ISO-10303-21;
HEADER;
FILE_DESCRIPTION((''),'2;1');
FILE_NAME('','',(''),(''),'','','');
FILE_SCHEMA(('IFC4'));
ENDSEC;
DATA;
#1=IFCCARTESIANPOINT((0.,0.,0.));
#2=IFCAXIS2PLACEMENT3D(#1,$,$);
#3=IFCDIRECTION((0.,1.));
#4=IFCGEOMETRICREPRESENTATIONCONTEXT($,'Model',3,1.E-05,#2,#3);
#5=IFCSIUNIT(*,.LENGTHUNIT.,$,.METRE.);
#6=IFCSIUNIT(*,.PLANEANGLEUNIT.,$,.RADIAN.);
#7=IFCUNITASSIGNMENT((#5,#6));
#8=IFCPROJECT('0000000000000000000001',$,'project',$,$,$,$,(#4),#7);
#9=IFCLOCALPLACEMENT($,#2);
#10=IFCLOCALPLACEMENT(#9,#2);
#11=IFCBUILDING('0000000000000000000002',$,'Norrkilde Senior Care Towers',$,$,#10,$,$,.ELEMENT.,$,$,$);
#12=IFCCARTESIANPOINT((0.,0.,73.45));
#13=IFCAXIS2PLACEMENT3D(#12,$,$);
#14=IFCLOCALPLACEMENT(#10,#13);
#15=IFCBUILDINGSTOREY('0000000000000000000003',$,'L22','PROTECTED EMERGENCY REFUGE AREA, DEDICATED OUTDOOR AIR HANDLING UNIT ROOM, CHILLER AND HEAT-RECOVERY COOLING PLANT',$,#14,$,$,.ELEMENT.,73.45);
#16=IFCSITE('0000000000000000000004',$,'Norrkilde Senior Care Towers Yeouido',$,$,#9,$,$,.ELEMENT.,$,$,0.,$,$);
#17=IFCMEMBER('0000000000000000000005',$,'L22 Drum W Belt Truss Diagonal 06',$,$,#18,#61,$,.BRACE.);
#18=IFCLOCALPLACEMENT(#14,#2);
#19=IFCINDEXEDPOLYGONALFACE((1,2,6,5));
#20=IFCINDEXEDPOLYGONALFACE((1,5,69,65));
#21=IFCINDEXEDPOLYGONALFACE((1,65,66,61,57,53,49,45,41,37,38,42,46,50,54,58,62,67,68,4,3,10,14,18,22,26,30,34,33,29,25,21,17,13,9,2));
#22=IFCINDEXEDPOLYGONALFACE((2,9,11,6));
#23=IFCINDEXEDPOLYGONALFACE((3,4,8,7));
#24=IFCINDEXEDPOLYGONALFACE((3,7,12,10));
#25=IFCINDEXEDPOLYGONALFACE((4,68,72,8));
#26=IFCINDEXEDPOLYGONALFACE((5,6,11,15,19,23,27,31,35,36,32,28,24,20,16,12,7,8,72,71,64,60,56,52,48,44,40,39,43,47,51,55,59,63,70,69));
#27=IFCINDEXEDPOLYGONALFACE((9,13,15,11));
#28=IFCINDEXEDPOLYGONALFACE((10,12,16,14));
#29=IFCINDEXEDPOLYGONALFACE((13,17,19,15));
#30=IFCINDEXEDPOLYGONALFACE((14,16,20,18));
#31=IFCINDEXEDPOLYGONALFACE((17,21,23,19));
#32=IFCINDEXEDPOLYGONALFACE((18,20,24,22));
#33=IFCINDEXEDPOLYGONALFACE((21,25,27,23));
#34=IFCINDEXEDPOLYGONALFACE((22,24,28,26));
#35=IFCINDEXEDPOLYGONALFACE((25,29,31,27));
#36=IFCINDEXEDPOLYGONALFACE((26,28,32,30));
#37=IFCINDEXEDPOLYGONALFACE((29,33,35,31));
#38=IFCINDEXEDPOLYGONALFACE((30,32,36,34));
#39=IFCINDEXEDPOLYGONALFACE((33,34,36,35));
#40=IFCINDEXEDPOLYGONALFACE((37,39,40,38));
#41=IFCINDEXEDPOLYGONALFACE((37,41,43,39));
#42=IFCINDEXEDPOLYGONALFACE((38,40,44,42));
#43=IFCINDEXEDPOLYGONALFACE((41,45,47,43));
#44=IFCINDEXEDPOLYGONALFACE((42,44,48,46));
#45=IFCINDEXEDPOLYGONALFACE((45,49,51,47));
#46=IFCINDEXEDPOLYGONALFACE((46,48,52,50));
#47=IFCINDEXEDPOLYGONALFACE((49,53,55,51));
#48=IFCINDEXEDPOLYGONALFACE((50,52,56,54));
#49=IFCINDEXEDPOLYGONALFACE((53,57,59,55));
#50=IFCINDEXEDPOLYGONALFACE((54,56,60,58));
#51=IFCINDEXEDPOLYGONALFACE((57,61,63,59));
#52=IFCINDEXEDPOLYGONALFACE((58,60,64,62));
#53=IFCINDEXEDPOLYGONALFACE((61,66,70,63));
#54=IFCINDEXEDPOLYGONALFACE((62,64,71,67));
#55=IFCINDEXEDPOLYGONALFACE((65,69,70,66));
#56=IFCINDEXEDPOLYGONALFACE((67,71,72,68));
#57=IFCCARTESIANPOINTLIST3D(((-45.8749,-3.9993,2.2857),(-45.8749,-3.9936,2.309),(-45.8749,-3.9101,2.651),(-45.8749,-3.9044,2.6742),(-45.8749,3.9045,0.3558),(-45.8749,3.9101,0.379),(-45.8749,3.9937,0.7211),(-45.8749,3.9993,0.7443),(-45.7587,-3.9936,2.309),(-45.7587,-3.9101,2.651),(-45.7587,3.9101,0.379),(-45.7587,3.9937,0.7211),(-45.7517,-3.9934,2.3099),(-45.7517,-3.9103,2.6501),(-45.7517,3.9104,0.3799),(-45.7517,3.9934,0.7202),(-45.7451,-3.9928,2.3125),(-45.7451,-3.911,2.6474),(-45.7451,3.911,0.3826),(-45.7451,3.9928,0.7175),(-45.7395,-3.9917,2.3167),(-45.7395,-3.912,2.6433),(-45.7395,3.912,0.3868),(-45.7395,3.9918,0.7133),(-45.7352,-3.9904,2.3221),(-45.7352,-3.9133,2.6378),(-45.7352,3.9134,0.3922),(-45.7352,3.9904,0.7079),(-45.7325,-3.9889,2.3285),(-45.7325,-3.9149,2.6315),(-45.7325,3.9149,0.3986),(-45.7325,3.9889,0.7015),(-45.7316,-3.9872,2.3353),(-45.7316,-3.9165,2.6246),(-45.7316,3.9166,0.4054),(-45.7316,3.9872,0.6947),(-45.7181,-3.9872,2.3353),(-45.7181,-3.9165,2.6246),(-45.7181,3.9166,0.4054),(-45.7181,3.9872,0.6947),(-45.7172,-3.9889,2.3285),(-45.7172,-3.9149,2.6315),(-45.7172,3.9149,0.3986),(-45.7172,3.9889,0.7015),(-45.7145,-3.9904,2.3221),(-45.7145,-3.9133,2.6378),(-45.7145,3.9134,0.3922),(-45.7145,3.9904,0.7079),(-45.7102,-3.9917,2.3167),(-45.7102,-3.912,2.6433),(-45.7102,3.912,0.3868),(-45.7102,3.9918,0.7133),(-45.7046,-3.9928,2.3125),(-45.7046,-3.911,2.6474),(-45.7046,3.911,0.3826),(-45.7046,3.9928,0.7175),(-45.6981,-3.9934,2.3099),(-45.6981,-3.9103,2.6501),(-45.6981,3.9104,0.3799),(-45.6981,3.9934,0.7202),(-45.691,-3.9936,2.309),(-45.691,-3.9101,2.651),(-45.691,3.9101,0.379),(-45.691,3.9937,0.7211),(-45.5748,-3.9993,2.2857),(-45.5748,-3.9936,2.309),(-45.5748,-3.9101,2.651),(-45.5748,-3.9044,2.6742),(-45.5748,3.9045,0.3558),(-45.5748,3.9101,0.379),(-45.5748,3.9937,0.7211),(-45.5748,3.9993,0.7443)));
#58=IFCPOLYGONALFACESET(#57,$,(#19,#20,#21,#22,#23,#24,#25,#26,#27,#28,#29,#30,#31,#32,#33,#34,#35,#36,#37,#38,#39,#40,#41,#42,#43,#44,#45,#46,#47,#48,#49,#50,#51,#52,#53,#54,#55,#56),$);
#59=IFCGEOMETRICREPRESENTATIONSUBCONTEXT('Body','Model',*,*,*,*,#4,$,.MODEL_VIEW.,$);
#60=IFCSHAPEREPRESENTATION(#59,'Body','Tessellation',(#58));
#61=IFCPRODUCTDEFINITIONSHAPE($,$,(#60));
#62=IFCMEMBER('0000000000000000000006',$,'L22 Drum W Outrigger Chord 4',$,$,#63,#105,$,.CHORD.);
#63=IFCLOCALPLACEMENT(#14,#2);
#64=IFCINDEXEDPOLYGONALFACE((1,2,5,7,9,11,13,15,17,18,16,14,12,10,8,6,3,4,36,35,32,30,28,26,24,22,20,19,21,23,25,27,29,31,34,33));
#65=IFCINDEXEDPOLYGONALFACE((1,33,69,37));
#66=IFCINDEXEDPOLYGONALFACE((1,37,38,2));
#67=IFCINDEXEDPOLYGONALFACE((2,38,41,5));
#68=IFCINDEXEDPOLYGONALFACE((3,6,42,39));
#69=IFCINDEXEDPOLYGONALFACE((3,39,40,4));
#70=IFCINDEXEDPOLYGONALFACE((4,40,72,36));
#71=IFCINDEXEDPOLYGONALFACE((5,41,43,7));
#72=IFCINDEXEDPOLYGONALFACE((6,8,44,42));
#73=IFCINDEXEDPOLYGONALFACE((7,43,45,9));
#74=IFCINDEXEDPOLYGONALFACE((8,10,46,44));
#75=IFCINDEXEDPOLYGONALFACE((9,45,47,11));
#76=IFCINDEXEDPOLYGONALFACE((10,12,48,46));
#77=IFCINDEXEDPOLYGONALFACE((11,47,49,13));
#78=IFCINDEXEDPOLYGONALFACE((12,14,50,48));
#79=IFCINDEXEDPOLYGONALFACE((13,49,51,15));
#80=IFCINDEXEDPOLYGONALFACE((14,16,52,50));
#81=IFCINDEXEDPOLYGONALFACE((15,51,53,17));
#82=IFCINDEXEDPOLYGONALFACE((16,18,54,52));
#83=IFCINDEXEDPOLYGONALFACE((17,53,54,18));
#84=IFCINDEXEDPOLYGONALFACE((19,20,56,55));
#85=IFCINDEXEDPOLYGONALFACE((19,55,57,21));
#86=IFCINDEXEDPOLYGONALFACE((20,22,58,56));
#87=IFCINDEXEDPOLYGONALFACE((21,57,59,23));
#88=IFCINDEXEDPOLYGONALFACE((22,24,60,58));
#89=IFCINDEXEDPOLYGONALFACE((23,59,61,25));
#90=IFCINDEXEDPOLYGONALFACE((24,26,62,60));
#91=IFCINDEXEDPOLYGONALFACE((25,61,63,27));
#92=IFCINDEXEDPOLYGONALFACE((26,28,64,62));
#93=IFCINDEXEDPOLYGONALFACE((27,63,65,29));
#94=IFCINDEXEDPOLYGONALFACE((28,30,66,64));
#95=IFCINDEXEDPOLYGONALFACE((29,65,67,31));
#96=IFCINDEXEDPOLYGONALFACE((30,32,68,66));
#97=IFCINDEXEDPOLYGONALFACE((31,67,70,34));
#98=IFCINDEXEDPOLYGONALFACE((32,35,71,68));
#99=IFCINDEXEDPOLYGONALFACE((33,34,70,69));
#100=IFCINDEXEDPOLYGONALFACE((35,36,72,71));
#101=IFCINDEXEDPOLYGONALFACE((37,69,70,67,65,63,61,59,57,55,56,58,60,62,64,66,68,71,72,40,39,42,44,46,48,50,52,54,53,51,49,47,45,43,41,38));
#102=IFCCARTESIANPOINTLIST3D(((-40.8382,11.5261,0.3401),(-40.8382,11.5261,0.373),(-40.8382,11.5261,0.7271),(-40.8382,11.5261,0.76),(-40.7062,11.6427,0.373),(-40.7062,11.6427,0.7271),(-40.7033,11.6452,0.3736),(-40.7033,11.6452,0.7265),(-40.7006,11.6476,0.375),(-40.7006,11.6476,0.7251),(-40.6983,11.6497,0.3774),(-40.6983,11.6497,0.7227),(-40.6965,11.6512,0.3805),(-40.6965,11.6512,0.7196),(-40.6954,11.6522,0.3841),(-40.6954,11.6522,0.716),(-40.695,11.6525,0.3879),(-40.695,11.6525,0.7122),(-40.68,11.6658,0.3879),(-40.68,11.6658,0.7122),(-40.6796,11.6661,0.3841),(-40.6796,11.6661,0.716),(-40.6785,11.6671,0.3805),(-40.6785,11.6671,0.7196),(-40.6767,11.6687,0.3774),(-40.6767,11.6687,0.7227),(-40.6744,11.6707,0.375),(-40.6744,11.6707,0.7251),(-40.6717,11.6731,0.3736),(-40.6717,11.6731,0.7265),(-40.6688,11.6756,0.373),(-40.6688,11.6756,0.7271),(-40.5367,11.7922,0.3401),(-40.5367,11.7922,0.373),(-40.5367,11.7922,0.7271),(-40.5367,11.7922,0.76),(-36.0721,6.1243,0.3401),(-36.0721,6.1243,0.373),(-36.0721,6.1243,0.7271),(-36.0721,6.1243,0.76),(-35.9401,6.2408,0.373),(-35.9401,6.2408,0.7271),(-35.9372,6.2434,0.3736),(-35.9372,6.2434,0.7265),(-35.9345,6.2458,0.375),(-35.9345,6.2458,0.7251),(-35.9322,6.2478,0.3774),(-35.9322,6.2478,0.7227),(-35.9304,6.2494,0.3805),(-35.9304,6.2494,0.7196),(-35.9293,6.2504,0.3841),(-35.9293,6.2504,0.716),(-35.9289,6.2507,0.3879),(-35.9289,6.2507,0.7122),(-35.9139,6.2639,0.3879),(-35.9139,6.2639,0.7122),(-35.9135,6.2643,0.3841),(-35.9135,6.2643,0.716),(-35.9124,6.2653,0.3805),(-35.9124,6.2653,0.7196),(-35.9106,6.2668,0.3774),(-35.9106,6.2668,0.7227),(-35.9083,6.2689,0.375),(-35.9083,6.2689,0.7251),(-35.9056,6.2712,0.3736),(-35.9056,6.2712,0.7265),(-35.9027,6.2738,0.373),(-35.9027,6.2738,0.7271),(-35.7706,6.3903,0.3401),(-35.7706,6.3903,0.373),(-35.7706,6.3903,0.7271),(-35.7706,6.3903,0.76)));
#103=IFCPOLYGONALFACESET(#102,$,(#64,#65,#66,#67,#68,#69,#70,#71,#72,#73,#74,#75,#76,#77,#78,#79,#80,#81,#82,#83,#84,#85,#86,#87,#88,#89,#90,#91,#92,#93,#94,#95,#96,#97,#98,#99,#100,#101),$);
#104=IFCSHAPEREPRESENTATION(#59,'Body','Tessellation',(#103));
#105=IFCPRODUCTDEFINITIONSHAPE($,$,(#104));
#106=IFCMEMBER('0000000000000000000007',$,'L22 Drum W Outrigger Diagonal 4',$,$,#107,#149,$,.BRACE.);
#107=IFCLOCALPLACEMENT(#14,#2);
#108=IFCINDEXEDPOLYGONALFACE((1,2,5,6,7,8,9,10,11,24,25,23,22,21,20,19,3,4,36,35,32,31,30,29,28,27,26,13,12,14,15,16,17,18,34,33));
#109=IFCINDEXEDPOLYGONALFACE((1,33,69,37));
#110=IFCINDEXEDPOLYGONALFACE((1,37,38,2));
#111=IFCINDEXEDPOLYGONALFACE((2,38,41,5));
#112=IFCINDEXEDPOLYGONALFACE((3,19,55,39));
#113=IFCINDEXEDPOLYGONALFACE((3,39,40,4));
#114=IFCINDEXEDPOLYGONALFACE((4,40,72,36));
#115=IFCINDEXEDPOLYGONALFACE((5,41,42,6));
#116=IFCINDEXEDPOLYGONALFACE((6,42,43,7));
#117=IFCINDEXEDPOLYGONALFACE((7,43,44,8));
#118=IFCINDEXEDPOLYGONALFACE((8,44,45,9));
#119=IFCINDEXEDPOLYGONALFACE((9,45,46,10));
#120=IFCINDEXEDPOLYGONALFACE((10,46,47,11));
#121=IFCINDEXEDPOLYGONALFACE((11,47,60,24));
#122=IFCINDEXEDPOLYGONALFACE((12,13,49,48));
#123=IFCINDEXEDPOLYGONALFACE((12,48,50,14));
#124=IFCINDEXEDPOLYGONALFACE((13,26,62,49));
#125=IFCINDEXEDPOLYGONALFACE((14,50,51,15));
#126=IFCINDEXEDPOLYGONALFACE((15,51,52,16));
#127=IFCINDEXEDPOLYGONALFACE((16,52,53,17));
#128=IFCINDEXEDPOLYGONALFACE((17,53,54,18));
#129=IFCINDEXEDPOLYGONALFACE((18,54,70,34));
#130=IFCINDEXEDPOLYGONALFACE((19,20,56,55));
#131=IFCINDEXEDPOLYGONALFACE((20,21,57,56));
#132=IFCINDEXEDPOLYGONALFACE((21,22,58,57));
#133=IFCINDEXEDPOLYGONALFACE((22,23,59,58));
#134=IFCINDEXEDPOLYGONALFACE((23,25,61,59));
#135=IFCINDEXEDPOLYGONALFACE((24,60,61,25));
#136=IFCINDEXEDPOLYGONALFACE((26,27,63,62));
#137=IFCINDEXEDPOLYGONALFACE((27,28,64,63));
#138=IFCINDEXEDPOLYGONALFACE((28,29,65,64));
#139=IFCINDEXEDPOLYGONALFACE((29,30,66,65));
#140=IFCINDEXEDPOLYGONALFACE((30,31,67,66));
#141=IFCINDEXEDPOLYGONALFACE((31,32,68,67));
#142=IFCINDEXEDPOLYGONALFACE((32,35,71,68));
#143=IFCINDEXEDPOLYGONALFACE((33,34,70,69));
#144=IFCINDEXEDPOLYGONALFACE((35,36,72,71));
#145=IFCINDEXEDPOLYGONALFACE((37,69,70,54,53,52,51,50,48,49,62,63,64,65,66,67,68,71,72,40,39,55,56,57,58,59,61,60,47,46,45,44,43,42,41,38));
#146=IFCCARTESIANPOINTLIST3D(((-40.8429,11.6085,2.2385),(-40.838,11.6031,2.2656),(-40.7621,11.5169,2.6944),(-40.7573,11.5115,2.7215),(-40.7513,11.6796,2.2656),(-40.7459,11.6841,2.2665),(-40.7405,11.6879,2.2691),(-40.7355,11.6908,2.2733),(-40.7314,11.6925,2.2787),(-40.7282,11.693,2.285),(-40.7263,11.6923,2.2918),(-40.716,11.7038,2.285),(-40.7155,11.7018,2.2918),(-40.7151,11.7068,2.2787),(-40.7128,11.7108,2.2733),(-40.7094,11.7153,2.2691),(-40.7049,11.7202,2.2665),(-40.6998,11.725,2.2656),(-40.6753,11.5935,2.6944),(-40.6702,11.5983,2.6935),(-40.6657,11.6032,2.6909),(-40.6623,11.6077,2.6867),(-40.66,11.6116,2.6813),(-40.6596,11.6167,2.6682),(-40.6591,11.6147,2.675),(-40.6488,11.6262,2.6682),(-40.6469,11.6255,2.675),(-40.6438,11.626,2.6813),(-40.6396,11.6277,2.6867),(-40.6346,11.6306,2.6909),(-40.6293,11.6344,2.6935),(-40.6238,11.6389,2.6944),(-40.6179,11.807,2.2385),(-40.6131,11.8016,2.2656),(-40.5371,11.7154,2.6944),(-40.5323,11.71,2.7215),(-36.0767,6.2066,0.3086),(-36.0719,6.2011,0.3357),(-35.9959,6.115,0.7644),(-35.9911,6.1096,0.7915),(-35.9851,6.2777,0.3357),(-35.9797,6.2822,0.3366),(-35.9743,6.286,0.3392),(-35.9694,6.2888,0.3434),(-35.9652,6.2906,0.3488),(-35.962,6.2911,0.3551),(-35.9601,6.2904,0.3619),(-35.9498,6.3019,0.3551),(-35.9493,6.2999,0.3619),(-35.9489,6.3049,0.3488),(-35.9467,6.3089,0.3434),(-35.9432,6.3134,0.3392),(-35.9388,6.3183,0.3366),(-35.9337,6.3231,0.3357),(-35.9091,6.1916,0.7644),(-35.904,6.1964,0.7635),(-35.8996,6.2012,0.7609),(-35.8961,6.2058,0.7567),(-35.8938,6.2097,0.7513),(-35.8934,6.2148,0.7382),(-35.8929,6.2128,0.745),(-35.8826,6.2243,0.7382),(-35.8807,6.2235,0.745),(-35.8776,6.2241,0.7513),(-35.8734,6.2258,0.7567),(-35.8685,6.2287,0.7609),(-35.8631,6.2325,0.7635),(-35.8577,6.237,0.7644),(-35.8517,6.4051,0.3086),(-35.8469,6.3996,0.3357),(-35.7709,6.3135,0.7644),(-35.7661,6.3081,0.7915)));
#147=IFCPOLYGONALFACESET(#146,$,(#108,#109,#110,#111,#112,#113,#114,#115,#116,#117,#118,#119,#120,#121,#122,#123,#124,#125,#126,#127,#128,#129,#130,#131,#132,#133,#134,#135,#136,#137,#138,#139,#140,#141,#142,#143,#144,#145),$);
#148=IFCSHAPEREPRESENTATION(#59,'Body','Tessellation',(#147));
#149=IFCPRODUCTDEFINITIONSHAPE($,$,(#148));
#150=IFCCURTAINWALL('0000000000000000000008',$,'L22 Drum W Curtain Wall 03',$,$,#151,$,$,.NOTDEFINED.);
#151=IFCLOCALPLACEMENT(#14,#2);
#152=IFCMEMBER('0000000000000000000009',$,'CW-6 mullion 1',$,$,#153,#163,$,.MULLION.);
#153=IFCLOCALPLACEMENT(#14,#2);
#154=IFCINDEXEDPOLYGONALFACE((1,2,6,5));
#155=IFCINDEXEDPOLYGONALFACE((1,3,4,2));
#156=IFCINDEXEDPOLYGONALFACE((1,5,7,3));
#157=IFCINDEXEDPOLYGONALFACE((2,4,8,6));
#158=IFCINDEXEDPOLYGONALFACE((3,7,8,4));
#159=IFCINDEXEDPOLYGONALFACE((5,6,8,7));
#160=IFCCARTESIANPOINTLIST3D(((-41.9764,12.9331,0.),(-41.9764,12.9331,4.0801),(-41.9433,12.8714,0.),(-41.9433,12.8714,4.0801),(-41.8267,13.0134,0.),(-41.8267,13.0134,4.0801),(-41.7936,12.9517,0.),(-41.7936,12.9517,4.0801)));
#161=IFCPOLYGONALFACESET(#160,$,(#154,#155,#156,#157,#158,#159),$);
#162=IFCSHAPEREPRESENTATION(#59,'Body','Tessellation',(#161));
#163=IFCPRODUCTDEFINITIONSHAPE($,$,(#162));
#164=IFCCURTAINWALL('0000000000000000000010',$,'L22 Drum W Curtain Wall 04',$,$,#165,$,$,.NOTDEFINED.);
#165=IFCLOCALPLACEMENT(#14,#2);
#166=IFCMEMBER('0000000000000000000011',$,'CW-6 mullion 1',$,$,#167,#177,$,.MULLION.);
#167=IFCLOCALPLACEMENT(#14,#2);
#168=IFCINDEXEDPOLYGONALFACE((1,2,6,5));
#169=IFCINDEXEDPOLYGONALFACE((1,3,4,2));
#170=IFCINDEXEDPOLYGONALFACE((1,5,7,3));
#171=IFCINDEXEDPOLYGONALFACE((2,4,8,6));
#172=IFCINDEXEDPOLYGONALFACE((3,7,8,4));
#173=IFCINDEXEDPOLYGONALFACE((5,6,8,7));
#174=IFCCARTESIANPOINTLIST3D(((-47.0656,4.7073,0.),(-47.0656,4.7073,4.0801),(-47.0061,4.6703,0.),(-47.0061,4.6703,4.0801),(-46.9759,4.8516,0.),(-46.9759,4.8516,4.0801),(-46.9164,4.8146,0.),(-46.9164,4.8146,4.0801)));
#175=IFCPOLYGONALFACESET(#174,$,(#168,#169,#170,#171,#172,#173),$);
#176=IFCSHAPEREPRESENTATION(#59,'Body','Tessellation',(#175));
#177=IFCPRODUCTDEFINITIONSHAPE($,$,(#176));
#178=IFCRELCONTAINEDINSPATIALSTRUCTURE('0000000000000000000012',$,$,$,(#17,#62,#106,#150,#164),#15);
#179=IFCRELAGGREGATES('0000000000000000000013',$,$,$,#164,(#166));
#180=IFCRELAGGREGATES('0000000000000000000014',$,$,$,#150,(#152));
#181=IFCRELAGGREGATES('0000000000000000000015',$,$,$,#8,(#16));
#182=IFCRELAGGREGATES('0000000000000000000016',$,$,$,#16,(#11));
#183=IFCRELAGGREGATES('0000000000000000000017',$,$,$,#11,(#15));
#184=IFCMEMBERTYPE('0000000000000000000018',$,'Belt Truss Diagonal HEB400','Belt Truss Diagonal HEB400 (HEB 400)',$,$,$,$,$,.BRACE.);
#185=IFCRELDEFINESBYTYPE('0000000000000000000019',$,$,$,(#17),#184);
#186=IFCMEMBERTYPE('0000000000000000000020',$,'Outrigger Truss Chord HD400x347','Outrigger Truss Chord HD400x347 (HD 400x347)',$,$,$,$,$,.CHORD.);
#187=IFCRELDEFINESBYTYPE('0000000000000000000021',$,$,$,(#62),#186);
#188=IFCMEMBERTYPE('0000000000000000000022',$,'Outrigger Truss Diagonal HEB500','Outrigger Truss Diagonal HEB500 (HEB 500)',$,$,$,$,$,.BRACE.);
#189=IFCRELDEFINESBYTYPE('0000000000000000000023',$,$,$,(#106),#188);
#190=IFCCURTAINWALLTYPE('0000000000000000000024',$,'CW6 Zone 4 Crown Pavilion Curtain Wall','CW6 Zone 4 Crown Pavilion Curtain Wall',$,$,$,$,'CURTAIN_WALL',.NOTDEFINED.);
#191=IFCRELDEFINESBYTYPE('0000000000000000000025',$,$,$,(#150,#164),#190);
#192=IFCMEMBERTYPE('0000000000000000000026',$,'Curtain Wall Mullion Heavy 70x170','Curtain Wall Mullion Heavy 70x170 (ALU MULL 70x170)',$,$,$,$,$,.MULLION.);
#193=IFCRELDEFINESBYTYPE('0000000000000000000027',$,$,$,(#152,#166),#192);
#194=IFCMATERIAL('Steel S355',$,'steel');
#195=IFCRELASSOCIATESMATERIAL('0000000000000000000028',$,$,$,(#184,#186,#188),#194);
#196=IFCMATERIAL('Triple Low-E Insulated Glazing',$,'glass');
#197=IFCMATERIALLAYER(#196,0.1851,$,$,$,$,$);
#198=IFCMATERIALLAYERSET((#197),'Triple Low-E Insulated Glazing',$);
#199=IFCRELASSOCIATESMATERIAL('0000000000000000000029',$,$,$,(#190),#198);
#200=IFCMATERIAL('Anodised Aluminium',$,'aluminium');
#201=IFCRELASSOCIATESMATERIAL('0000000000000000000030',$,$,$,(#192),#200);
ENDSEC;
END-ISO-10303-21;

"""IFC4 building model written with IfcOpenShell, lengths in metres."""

from ifc_helpers import new_model, si_unit, direction, frame, origin, origin_2d, place, context, subcontext, project, spatial, rectangle, i_section, extrude, source, transform, mapped, material, layer, layer_set, material_profile, profile_set, type_object, type_shapes, element, aggregate, save


model = new_model("IFC4")

# Units and contexts
model_context = context("Model", 3, precision=1e-05, world=origin(), true_north=direction((0.0, 1.0)))
body_context = subcontext(model_context, "Body", "Model", "MODEL_VIEW")
ifc_project = project(units=[si_unit("LENGTHUNIT", "METRE"), si_unit("PLANEANGLEUNIT", "RADIAN")], contexts=[model_context])

# Site, building, storey
site_placement = place(None, origin())
site = spatial("IfcSite", under=ifc_project, at=site_placement, Name="Norrkilde Senior Care Towers Yeouido", CompositionType="ELEMENT", RefElevation=0.0)
building_placement = place(site_placement, origin())
building = spatial("IfcBuilding", under=site, at=building_placement, Name="Norrkilde Senior Care Towers", CompositionType="ELEMENT")
storey_placement = place(building_placement, frame((0.0, 0.0, 73.45)))
storey = spatial("IfcBuildingStorey", under=building, at=storey_placement, Name="L22", Description="PROTECTED EMERGENCY REFUGE AREA, DEDICATED OUTDOOR AIR HANDLING UNIT ROOM, CHILLER AND HEAT-RECOVERY COOLING PLANT", CompositionType="ELEMENT", Elevation=73.45)

# Members
ifc_material_1 = material(Name="Steel S355", Category="steel")
ifc_material_profile_1 = material_profile(ifc_material_1, i_section(OverallWidth=0.3, OverallDepth=0.3999, WebThickness=0.0134, FlangeThickness=0.0239, FilletRadius=0.0271, at=origin_2d()), Name="HEB 400")
ifc_profile_set_1 = profile_set([ifc_material_profile_1], Name="Steel S355")
member_type_1 = type_object("IfcMemberType", Name="Belt Truss Diagonal HEB400", Description="Belt Truss Diagonal HEB400 (HEB 400)", PredefinedType="BRACE", material=ifc_profile_set_1)
shared_shape_1 = source(origin(), body_context, "Body", "SweptSolid", [
    extrude(i_section(OverallWidth=0.3, OverallDepth=0.3999, WebThickness=0.0134, FlangeThickness=0.0239, FilletRadius=0.0271, at=origin_2d()), origin(), (0.0, 0.0, 1.0), 8.136),
])
member_1_placement = place(storey_placement, frame((-45.7249, 3.9519, 0.55), z_axis=(0.0, -0.971459, 0.237208), x_axis=(1.0, 0.0, 0.0)))
element("IfcMember", 1, at=member_1_placement, inside=storey, type_object=member_type_1, Name="L22 Drum W Belt Truss Diagonal 06", PredefinedType="BRACE", context=body_context, shape_type="MappedRepresentation", body=[
    mapped(shared_shape_1, transform((0.0, 0.0, 0.0), x_axis=(1.0, 0.0, 0.0), y_axis=(0.0, 1.0, 0.0), z_axis=(0.0, 0.0, 1.0), scale=1.0)),
])
ifc_material_profile_2 = material_profile(ifc_material_1, i_section(OverallWidth=0.4021, OverallDepth=0.4199, WebThickness=0.02, FlangeThickness=0.033, FilletRadius=0.0149, at=origin_2d()), Name="HD 400x347")
ifc_profile_set_2 = profile_set([ifc_material_profile_2], Name="Steel S355")
member_type_2 = type_object("IfcMemberType", Name="Outrigger Truss Chord HD400x347", Description="Outrigger Truss Chord HD400x347 (HD 400x347)", PredefinedType="CHORD", material=ifc_profile_set_2)
shared_shape_2 = source(origin(), body_context, "Body", "SweptSolid", [
    extrude(i_section(OverallWidth=0.4021, OverallDepth=0.4199, WebThickness=0.02, FlangeThickness=0.033, FilletRadius=0.0149, at=origin_2d()), origin(), (0.0, 0.0, 1.0), 7.2039),
])
type_shapes(member_type_2, [shared_shape_2])
member_2_placement = place(storey_placement, frame((-35.9214, 6.2573, 0.55), z_axis=(-0.661604, 0.749854, 0.0), x_axis=(-0.749854, -0.661604, 0.0)))
element("IfcMember", 2, at=member_2_placement, inside=storey, type_object=member_type_2, Name="L22 Drum W Outrigger Chord 4", PredefinedType="CHORD", context=body_context, shape_type="MappedRepresentation", body=[
    mapped(shared_shape_2, transform((0.0, 0.0, 0.0), x_axis=(1.0, 0.0, 0.0), y_axis=(0.0, 1.0, 0.0), z_axis=(0.0, 0.0, 1.0), scale=1.0)),
])
ifc_material_profile_3 = material_profile(ifc_material_1, i_section(OverallWidth=0.3, OverallDepth=0.5, WebThickness=0.0144, FlangeThickness=0.0281, FilletRadius=0.0271, at=origin_2d()), Name="HEB 500")
ifc_profile_set_3 = profile_set([ifc_material_profile_3], Name="Steel S355")
member_type_3 = type_object("IfcMemberType", Name="Outrigger Truss Diagonal HEB500", Description="Outrigger Truss Diagonal HEB500 (HEB 500)", PredefinedType="BRACE", material=ifc_profile_set_3)
shared_shape_3 = source(origin(), body_context, "Body", "SweptSolid", [
    extrude(i_section(OverallWidth=0.3, OverallDepth=0.5, WebThickness=0.0144, FlangeThickness=0.0281, FilletRadius=0.0271, at=origin_2d()), origin(), (0.0, 0.0, 1.0), 7.458),
])
type_shapes(member_type_3, [shared_shape_3])
member_3_placement = place(storey_placement, frame((-35.9214, 6.2573, 0.55), z_axis=(-0.639068, 0.724312, 0.258776), x_axis=(-0.749854, -0.661604, 0.0)))
element("IfcMember", 3, at=member_3_placement, inside=storey, type_object=member_type_3, Name="L22 Drum W Outrigger Diagonal 4", PredefinedType="BRACE", context=body_context, shape_type="MappedRepresentation", body=[
    mapped(shared_shape_3, transform((0.0, 0.0, 0.0), x_axis=(1.0, 0.0, 0.0), y_axis=(0.0, 1.0, 0.0), z_axis=(0.0, 0.0, 1.0), scale=1.0)),
])

# Curtain wall, member
ifc_material_2 = material(Name="Triple Low-E Insulated Glazing", Category="glass")
ifc_layer_1 = layer(ifc_material_2, 0.1851)
ifc_layer_set_1 = layer_set([ifc_layer_1], Name="Triple Low-E Insulated Glazing")
curtain_wall_type = type_object("IfcCurtainWallType", Name="CW6 Zone 4 Crown Pavilion Curtain Wall", Description="CW6 Zone 4 Crown Pavilion Curtain Wall", ElementType="CURTAIN_WALL", PredefinedType="NOTDEFINED", material=ifc_layer_set_1)
curtain_wall_1_placement = place(storey_placement, origin())
curtain_wall_1 = element("IfcCurtainWall", 4, at=curtain_wall_1_placement, inside=storey, type_object=curtain_wall_type, Name="L22 Drum W Curtain Wall 03", PredefinedType="NOTDEFINED")
ifc_material_3 = material(Name="Anodised Aluminium", Category="aluminium")
ifc_material_profile_4 = material_profile(ifc_material_3, rectangle(XDim=0.0701, YDim=0.1699, at=origin_2d()), Name="ALU MULL 70x170")
ifc_profile_set_4 = profile_set([ifc_material_profile_4], Name="Anodised Aluminium")
member_type_4 = type_object("IfcMemberType", Name="Curtain Wall Mullion Heavy 70x170", Description="Curtain Wall Mullion Heavy 70x170 (ALU MULL 70x170)", PredefinedType="MULLION", material=ifc_profile_set_4)
shared_shape_4 = source(origin(), body_context, "Body", "SweptSolid", [
    extrude(rectangle(XDim=0.0701, YDim=0.1699, at=origin_2d()), origin(), (0.0, 0.0, 1.0), 4.0801),
])
type_shapes(member_type_4, [shared_shape_4])
member_4_placement = place(storey_placement, frame((-41.885, 12.9424, 0.0), z_axis=(0.0, 0.0, 1.0), x_axis=(-0.472608, 0.881273, 0.0)))
member_4 = element("IfcMember", 5, at=member_4_placement, type_object=member_type_4, Name="CW-6 mullion 1", PredefinedType="MULLION", context=body_context, shape_type="MappedRepresentation", body=[
    mapped(shared_shape_4, transform((0.0, 0.0, 0.0), x_axis=(1.0, 0.0, 0.0), y_axis=(0.0, 1.0, 0.0), z_axis=(0.0, 0.0, 1.0), scale=1.0)),
])

# Curtain wall, member
curtain_wall_2_placement = place(storey_placement, origin())
curtain_wall_2 = element("IfcCurtainWall", 6, at=curtain_wall_2_placement, inside=storey, type_object=curtain_wall_type, Name="L22 Drum W Curtain Wall 04", PredefinedType="NOTDEFINED")
member_5_placement = place(storey_placement, frame((-46.991, 4.761, 0.0), z_axis=(0.0, 0.0, 1.0), x_axis=(-0.849306, 0.527901, 0.0)))
member_5 = element("IfcMember", 7, at=member_5_placement, type_object=member_type_4, Name="CW-6 mullion 1", PredefinedType="MULLION", context=body_context, shape_type="MappedRepresentation", body=[
    mapped(shared_shape_4, transform((0.0, 0.0, 0.0), x_axis=(1.0, 0.0, 0.0), y_axis=(0.0, 1.0, 0.0), z_axis=(0.0, 0.0, 1.0), scale=1.0)),
])

aggregate(curtain_wall_2, [member_5])
aggregate(curtain_wall_1, [member_4])

save(model, "model.ifc")
